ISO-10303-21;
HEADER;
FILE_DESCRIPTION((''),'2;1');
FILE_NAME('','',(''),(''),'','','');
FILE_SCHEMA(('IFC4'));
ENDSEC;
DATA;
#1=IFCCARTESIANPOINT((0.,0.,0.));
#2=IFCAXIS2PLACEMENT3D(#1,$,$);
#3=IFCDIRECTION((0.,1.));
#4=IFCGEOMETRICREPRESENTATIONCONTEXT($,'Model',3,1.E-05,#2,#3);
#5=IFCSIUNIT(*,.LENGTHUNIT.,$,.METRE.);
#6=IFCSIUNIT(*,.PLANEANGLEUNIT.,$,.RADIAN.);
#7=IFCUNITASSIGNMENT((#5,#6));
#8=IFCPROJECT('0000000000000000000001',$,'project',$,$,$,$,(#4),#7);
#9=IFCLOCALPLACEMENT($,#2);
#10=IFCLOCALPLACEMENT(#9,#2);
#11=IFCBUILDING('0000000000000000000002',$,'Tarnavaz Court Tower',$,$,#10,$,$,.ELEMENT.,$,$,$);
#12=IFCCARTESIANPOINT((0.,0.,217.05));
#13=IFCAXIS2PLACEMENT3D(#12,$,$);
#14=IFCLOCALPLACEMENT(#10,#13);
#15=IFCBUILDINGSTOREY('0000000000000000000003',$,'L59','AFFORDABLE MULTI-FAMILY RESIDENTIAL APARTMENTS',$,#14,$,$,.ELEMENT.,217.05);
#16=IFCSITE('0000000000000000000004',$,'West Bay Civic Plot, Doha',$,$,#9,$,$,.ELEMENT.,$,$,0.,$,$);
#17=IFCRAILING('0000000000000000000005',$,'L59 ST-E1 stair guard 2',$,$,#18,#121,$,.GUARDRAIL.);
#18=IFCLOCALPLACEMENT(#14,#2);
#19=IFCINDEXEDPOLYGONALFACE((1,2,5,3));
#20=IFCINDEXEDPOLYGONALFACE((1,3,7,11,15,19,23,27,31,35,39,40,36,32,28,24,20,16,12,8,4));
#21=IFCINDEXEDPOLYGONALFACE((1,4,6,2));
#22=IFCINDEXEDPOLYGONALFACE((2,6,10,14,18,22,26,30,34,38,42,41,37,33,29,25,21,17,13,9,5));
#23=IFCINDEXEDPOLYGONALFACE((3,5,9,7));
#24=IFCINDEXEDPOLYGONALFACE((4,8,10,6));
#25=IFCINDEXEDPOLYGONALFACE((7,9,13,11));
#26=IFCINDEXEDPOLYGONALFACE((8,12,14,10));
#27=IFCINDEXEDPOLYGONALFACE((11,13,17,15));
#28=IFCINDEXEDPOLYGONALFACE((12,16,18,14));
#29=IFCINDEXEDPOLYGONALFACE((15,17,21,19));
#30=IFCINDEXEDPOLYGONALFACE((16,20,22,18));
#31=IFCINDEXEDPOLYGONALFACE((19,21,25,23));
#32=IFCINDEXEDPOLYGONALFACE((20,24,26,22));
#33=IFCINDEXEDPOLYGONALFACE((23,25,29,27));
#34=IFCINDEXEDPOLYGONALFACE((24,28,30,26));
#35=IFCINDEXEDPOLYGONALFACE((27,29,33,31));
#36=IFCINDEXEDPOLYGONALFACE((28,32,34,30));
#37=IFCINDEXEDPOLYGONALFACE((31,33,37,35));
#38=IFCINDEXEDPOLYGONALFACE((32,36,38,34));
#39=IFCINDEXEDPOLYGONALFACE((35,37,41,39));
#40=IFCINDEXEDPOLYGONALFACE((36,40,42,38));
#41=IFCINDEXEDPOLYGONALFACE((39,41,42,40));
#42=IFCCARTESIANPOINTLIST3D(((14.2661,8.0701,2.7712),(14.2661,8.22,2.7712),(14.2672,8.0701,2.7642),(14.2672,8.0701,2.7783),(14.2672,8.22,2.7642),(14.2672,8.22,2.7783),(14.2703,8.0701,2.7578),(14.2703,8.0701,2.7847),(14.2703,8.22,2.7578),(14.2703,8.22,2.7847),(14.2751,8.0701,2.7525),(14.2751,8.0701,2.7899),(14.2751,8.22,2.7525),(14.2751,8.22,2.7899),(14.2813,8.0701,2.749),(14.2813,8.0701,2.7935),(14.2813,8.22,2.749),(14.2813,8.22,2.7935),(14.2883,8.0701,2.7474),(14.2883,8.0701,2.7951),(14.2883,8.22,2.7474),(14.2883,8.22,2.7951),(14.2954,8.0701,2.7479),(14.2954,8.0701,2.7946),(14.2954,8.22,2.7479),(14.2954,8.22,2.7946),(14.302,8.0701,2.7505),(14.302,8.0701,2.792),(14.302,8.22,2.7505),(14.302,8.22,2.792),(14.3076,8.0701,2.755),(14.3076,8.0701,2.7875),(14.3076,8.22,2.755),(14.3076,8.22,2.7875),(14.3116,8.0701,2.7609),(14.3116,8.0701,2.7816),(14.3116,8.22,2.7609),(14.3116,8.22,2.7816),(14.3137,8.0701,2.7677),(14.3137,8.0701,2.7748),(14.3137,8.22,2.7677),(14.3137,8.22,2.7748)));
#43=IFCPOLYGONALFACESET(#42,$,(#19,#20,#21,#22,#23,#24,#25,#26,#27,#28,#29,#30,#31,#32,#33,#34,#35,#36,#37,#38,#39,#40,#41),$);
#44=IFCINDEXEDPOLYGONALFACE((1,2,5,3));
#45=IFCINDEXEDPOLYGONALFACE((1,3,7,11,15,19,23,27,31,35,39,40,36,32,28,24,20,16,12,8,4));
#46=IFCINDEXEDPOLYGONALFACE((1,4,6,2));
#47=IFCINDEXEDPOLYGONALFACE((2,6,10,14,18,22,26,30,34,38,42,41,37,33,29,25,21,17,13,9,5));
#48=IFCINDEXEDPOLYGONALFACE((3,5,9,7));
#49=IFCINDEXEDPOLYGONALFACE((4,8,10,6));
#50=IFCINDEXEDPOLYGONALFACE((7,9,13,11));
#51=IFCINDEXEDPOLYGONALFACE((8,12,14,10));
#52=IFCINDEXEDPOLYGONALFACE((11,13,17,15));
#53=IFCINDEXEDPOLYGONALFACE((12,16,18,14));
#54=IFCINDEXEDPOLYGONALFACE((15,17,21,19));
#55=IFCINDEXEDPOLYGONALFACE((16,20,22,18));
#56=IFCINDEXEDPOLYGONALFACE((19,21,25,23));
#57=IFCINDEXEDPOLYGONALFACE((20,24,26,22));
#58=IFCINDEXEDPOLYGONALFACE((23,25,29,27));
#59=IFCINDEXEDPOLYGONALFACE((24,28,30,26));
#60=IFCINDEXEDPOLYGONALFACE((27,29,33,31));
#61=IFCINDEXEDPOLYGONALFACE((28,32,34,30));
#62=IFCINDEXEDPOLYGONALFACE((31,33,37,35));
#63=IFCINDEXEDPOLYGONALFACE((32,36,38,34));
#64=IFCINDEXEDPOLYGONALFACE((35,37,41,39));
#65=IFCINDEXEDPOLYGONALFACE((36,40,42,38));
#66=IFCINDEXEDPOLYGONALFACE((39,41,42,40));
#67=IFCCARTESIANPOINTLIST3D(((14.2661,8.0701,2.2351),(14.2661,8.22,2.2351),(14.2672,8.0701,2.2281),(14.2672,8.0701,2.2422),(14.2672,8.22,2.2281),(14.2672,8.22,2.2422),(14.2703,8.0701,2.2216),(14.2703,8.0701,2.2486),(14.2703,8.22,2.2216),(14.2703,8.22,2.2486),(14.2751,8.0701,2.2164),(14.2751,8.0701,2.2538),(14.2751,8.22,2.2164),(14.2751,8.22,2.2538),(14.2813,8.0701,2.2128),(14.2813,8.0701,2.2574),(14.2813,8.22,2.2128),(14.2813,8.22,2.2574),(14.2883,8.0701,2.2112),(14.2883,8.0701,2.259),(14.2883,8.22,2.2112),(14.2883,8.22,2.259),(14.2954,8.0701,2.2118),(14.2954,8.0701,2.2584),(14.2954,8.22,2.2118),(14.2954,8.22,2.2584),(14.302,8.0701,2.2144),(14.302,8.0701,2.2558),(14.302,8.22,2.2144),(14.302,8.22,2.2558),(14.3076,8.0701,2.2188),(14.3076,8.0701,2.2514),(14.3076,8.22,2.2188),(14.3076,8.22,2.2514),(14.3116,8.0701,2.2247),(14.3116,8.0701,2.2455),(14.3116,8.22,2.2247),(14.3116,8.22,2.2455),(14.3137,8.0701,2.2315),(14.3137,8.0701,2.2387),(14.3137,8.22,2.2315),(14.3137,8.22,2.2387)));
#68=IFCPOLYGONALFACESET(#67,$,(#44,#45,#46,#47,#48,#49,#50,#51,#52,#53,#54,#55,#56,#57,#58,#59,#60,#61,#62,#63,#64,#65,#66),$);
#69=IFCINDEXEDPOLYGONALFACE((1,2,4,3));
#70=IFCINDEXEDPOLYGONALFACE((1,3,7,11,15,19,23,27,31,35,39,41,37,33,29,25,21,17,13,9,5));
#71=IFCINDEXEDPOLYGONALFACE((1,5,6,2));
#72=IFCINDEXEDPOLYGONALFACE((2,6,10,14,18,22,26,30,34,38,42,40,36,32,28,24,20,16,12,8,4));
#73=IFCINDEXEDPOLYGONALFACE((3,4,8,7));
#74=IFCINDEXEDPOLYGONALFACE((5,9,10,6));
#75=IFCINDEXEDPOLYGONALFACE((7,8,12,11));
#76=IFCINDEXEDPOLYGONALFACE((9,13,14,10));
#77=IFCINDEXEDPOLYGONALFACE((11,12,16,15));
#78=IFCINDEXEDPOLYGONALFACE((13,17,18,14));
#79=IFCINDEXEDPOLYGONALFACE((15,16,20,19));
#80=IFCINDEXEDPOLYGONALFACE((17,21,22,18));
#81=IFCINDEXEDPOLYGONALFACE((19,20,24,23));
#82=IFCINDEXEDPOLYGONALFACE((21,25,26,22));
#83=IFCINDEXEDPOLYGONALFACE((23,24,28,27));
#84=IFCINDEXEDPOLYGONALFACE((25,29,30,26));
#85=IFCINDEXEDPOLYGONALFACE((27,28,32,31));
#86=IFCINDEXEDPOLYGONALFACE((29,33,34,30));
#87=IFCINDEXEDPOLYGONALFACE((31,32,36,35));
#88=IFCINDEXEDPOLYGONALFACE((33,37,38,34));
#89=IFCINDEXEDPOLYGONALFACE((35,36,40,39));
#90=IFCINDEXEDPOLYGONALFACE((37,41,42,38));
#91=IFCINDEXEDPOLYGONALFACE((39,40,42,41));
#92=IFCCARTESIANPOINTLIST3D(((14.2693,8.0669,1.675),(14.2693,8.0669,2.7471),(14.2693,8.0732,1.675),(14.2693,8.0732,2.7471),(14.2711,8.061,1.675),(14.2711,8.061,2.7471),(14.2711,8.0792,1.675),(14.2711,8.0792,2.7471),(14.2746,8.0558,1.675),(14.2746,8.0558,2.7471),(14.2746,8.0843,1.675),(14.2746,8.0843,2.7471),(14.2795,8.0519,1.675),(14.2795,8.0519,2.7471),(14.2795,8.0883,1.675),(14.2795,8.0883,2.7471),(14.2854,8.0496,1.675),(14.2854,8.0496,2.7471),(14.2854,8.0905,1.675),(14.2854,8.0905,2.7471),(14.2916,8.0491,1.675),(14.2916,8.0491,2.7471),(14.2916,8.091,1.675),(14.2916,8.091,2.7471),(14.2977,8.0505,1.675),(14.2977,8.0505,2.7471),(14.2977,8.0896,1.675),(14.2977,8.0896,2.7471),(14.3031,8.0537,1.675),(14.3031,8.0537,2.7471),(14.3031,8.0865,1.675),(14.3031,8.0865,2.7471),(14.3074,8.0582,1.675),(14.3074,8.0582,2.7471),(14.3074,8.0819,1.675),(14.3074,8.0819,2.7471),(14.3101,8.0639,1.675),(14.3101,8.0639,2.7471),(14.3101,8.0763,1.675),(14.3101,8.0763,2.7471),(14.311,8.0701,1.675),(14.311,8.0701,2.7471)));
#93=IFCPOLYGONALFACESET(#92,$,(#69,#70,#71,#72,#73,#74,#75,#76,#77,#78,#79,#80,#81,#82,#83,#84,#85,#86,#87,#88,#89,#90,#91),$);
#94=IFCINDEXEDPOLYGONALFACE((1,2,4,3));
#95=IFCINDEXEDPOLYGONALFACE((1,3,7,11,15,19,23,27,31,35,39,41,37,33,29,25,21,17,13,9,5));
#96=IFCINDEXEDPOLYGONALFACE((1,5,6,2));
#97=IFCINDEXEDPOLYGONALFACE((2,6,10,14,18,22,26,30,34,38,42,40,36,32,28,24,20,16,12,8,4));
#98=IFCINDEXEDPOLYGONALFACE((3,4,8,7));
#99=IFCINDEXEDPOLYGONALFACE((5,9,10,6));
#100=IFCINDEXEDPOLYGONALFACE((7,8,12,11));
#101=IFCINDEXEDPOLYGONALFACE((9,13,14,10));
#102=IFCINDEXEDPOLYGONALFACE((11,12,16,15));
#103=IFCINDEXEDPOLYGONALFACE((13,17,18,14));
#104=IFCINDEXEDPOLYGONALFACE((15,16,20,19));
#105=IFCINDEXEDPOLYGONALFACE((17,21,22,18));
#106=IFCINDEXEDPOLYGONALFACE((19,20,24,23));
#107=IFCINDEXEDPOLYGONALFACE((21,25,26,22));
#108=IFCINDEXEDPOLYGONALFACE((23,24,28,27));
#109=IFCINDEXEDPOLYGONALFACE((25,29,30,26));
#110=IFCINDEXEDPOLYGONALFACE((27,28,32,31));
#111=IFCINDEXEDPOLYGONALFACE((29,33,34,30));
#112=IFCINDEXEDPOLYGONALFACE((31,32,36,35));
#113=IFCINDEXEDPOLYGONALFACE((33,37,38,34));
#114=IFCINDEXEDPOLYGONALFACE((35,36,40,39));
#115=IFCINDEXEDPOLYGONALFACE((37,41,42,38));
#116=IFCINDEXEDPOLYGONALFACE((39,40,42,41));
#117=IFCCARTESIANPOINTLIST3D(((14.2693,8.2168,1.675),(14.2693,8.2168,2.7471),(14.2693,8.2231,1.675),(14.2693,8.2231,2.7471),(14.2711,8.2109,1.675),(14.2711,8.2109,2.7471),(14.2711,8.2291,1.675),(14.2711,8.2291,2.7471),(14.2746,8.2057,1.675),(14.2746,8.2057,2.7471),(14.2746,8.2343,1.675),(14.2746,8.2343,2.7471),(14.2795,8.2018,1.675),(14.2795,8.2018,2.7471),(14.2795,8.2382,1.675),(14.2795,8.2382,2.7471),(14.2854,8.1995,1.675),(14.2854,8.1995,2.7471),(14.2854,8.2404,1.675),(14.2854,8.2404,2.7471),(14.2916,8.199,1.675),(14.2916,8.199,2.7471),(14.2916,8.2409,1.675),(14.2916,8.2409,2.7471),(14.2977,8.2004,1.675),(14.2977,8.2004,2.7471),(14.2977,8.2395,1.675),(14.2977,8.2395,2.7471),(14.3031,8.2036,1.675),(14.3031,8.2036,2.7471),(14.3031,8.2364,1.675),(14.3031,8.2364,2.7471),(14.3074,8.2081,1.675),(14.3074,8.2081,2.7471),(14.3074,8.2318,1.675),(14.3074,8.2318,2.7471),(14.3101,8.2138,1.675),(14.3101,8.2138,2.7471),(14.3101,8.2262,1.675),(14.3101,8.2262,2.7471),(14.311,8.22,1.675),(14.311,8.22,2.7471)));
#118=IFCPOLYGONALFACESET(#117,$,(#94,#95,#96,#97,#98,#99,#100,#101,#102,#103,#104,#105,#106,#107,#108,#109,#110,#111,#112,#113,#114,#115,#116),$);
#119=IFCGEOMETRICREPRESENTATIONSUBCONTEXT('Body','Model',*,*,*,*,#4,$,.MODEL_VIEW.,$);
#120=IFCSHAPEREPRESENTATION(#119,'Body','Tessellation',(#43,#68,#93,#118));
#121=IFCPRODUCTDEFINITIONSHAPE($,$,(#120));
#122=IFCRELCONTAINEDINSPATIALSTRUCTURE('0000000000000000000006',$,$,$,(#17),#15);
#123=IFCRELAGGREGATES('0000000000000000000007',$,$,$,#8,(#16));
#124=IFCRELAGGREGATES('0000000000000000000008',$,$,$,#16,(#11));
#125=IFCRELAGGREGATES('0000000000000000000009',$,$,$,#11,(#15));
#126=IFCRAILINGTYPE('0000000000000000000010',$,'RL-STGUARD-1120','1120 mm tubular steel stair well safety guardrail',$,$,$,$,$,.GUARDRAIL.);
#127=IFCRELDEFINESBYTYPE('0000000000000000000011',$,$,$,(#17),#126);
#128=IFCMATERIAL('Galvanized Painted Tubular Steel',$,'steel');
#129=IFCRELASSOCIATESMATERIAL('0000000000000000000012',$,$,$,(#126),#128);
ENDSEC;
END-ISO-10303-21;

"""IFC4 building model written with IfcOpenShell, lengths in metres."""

from ifc_helpers import new_model, si_unit, direction, frame, origin, origin_2d, place, context, subcontext, project, spatial, circle, extrude, material, type_object, element, save


model = new_model("IFC4")

# Units and contexts
model_context = context("Model", 3, precision=1e-05, world=origin(), true_north=direction((0.0, 1.0)))
body_context = subcontext(model_context, "Body", "Model", "MODEL_VIEW")
ifc_project = project(units=[si_unit("LENGTHUNIT", "METRE"), si_unit("PLANEANGLEUNIT", "RADIAN")], contexts=[model_context])

# Site, building, storey
site_placement = place(None, origin())
site = spatial("IfcSite", under=ifc_project, at=site_placement, Name="West Bay Civic Plot, Doha", CompositionType="ELEMENT", RefElevation=0.0)
building_placement = place(site_placement, origin())
building = spatial("IfcBuilding", under=site, at=building_placement, Name="Tarnavaz Court Tower", CompositionType="ELEMENT")
storey_placement = place(building_placement, frame((0.0, 0.0, 217.05)))
storey = spatial("IfcBuildingStorey", under=building, at=storey_placement, Name="L59", Description="AFFORDABLE MULTI-FAMILY RESIDENTIAL APARTMENTS", CompositionType="ELEMENT", Elevation=217.05)

# Railing
ifc_material_1 = material(Name="Galvanized Painted Tubular Steel", Category="steel")
railing_type_1 = type_object("IfcRailingType", Name="RL-STGUARD-1120", Description="1120 mm tubular steel stair well safety guardrail", PredefinedType="GUARDRAIL", material=ifc_material_1)
railing_1_placement = place(storey_placement, frame((14.29, 8.0701, 1.675)))
element("IfcRailing", 1, at=railing_1_placement, inside=storey, type_object=railing_type_1, Name="L59 ST-E1 stair guard 2", PredefinedType="GUARDRAIL", context=body_context, shape_type="SweptSolid", body=[
    extrude(circle(Radius=0.0239, at=origin_2d()), frame((0.0, 0.0, 1.0962), z_axis=(0.0, 1.0, 0.0), x_axis=(-1.0, 0.0, 0.0)), (0.0, 0.0, 1.0), 0.1499),
    extrude(circle(Radius=0.0239, at=origin_2d()), frame((0.0, 0.0, 0.5601), z_axis=(0.0, 1.0, 0.0), x_axis=(-1.0, 0.0, 0.0)), (0.0, 0.0, 1.0), 0.1499),
    extrude(circle(Radius=0.021, at=origin_2d()), origin(), (0.0, 0.0, 1.0), 1.072),
    extrude(circle(Radius=0.021, at=origin_2d()), frame((0.0, 0.1499, 0.0)), (0.0, 0.0, 1.0), 1.072),
])

save(model, "model.ifc")
